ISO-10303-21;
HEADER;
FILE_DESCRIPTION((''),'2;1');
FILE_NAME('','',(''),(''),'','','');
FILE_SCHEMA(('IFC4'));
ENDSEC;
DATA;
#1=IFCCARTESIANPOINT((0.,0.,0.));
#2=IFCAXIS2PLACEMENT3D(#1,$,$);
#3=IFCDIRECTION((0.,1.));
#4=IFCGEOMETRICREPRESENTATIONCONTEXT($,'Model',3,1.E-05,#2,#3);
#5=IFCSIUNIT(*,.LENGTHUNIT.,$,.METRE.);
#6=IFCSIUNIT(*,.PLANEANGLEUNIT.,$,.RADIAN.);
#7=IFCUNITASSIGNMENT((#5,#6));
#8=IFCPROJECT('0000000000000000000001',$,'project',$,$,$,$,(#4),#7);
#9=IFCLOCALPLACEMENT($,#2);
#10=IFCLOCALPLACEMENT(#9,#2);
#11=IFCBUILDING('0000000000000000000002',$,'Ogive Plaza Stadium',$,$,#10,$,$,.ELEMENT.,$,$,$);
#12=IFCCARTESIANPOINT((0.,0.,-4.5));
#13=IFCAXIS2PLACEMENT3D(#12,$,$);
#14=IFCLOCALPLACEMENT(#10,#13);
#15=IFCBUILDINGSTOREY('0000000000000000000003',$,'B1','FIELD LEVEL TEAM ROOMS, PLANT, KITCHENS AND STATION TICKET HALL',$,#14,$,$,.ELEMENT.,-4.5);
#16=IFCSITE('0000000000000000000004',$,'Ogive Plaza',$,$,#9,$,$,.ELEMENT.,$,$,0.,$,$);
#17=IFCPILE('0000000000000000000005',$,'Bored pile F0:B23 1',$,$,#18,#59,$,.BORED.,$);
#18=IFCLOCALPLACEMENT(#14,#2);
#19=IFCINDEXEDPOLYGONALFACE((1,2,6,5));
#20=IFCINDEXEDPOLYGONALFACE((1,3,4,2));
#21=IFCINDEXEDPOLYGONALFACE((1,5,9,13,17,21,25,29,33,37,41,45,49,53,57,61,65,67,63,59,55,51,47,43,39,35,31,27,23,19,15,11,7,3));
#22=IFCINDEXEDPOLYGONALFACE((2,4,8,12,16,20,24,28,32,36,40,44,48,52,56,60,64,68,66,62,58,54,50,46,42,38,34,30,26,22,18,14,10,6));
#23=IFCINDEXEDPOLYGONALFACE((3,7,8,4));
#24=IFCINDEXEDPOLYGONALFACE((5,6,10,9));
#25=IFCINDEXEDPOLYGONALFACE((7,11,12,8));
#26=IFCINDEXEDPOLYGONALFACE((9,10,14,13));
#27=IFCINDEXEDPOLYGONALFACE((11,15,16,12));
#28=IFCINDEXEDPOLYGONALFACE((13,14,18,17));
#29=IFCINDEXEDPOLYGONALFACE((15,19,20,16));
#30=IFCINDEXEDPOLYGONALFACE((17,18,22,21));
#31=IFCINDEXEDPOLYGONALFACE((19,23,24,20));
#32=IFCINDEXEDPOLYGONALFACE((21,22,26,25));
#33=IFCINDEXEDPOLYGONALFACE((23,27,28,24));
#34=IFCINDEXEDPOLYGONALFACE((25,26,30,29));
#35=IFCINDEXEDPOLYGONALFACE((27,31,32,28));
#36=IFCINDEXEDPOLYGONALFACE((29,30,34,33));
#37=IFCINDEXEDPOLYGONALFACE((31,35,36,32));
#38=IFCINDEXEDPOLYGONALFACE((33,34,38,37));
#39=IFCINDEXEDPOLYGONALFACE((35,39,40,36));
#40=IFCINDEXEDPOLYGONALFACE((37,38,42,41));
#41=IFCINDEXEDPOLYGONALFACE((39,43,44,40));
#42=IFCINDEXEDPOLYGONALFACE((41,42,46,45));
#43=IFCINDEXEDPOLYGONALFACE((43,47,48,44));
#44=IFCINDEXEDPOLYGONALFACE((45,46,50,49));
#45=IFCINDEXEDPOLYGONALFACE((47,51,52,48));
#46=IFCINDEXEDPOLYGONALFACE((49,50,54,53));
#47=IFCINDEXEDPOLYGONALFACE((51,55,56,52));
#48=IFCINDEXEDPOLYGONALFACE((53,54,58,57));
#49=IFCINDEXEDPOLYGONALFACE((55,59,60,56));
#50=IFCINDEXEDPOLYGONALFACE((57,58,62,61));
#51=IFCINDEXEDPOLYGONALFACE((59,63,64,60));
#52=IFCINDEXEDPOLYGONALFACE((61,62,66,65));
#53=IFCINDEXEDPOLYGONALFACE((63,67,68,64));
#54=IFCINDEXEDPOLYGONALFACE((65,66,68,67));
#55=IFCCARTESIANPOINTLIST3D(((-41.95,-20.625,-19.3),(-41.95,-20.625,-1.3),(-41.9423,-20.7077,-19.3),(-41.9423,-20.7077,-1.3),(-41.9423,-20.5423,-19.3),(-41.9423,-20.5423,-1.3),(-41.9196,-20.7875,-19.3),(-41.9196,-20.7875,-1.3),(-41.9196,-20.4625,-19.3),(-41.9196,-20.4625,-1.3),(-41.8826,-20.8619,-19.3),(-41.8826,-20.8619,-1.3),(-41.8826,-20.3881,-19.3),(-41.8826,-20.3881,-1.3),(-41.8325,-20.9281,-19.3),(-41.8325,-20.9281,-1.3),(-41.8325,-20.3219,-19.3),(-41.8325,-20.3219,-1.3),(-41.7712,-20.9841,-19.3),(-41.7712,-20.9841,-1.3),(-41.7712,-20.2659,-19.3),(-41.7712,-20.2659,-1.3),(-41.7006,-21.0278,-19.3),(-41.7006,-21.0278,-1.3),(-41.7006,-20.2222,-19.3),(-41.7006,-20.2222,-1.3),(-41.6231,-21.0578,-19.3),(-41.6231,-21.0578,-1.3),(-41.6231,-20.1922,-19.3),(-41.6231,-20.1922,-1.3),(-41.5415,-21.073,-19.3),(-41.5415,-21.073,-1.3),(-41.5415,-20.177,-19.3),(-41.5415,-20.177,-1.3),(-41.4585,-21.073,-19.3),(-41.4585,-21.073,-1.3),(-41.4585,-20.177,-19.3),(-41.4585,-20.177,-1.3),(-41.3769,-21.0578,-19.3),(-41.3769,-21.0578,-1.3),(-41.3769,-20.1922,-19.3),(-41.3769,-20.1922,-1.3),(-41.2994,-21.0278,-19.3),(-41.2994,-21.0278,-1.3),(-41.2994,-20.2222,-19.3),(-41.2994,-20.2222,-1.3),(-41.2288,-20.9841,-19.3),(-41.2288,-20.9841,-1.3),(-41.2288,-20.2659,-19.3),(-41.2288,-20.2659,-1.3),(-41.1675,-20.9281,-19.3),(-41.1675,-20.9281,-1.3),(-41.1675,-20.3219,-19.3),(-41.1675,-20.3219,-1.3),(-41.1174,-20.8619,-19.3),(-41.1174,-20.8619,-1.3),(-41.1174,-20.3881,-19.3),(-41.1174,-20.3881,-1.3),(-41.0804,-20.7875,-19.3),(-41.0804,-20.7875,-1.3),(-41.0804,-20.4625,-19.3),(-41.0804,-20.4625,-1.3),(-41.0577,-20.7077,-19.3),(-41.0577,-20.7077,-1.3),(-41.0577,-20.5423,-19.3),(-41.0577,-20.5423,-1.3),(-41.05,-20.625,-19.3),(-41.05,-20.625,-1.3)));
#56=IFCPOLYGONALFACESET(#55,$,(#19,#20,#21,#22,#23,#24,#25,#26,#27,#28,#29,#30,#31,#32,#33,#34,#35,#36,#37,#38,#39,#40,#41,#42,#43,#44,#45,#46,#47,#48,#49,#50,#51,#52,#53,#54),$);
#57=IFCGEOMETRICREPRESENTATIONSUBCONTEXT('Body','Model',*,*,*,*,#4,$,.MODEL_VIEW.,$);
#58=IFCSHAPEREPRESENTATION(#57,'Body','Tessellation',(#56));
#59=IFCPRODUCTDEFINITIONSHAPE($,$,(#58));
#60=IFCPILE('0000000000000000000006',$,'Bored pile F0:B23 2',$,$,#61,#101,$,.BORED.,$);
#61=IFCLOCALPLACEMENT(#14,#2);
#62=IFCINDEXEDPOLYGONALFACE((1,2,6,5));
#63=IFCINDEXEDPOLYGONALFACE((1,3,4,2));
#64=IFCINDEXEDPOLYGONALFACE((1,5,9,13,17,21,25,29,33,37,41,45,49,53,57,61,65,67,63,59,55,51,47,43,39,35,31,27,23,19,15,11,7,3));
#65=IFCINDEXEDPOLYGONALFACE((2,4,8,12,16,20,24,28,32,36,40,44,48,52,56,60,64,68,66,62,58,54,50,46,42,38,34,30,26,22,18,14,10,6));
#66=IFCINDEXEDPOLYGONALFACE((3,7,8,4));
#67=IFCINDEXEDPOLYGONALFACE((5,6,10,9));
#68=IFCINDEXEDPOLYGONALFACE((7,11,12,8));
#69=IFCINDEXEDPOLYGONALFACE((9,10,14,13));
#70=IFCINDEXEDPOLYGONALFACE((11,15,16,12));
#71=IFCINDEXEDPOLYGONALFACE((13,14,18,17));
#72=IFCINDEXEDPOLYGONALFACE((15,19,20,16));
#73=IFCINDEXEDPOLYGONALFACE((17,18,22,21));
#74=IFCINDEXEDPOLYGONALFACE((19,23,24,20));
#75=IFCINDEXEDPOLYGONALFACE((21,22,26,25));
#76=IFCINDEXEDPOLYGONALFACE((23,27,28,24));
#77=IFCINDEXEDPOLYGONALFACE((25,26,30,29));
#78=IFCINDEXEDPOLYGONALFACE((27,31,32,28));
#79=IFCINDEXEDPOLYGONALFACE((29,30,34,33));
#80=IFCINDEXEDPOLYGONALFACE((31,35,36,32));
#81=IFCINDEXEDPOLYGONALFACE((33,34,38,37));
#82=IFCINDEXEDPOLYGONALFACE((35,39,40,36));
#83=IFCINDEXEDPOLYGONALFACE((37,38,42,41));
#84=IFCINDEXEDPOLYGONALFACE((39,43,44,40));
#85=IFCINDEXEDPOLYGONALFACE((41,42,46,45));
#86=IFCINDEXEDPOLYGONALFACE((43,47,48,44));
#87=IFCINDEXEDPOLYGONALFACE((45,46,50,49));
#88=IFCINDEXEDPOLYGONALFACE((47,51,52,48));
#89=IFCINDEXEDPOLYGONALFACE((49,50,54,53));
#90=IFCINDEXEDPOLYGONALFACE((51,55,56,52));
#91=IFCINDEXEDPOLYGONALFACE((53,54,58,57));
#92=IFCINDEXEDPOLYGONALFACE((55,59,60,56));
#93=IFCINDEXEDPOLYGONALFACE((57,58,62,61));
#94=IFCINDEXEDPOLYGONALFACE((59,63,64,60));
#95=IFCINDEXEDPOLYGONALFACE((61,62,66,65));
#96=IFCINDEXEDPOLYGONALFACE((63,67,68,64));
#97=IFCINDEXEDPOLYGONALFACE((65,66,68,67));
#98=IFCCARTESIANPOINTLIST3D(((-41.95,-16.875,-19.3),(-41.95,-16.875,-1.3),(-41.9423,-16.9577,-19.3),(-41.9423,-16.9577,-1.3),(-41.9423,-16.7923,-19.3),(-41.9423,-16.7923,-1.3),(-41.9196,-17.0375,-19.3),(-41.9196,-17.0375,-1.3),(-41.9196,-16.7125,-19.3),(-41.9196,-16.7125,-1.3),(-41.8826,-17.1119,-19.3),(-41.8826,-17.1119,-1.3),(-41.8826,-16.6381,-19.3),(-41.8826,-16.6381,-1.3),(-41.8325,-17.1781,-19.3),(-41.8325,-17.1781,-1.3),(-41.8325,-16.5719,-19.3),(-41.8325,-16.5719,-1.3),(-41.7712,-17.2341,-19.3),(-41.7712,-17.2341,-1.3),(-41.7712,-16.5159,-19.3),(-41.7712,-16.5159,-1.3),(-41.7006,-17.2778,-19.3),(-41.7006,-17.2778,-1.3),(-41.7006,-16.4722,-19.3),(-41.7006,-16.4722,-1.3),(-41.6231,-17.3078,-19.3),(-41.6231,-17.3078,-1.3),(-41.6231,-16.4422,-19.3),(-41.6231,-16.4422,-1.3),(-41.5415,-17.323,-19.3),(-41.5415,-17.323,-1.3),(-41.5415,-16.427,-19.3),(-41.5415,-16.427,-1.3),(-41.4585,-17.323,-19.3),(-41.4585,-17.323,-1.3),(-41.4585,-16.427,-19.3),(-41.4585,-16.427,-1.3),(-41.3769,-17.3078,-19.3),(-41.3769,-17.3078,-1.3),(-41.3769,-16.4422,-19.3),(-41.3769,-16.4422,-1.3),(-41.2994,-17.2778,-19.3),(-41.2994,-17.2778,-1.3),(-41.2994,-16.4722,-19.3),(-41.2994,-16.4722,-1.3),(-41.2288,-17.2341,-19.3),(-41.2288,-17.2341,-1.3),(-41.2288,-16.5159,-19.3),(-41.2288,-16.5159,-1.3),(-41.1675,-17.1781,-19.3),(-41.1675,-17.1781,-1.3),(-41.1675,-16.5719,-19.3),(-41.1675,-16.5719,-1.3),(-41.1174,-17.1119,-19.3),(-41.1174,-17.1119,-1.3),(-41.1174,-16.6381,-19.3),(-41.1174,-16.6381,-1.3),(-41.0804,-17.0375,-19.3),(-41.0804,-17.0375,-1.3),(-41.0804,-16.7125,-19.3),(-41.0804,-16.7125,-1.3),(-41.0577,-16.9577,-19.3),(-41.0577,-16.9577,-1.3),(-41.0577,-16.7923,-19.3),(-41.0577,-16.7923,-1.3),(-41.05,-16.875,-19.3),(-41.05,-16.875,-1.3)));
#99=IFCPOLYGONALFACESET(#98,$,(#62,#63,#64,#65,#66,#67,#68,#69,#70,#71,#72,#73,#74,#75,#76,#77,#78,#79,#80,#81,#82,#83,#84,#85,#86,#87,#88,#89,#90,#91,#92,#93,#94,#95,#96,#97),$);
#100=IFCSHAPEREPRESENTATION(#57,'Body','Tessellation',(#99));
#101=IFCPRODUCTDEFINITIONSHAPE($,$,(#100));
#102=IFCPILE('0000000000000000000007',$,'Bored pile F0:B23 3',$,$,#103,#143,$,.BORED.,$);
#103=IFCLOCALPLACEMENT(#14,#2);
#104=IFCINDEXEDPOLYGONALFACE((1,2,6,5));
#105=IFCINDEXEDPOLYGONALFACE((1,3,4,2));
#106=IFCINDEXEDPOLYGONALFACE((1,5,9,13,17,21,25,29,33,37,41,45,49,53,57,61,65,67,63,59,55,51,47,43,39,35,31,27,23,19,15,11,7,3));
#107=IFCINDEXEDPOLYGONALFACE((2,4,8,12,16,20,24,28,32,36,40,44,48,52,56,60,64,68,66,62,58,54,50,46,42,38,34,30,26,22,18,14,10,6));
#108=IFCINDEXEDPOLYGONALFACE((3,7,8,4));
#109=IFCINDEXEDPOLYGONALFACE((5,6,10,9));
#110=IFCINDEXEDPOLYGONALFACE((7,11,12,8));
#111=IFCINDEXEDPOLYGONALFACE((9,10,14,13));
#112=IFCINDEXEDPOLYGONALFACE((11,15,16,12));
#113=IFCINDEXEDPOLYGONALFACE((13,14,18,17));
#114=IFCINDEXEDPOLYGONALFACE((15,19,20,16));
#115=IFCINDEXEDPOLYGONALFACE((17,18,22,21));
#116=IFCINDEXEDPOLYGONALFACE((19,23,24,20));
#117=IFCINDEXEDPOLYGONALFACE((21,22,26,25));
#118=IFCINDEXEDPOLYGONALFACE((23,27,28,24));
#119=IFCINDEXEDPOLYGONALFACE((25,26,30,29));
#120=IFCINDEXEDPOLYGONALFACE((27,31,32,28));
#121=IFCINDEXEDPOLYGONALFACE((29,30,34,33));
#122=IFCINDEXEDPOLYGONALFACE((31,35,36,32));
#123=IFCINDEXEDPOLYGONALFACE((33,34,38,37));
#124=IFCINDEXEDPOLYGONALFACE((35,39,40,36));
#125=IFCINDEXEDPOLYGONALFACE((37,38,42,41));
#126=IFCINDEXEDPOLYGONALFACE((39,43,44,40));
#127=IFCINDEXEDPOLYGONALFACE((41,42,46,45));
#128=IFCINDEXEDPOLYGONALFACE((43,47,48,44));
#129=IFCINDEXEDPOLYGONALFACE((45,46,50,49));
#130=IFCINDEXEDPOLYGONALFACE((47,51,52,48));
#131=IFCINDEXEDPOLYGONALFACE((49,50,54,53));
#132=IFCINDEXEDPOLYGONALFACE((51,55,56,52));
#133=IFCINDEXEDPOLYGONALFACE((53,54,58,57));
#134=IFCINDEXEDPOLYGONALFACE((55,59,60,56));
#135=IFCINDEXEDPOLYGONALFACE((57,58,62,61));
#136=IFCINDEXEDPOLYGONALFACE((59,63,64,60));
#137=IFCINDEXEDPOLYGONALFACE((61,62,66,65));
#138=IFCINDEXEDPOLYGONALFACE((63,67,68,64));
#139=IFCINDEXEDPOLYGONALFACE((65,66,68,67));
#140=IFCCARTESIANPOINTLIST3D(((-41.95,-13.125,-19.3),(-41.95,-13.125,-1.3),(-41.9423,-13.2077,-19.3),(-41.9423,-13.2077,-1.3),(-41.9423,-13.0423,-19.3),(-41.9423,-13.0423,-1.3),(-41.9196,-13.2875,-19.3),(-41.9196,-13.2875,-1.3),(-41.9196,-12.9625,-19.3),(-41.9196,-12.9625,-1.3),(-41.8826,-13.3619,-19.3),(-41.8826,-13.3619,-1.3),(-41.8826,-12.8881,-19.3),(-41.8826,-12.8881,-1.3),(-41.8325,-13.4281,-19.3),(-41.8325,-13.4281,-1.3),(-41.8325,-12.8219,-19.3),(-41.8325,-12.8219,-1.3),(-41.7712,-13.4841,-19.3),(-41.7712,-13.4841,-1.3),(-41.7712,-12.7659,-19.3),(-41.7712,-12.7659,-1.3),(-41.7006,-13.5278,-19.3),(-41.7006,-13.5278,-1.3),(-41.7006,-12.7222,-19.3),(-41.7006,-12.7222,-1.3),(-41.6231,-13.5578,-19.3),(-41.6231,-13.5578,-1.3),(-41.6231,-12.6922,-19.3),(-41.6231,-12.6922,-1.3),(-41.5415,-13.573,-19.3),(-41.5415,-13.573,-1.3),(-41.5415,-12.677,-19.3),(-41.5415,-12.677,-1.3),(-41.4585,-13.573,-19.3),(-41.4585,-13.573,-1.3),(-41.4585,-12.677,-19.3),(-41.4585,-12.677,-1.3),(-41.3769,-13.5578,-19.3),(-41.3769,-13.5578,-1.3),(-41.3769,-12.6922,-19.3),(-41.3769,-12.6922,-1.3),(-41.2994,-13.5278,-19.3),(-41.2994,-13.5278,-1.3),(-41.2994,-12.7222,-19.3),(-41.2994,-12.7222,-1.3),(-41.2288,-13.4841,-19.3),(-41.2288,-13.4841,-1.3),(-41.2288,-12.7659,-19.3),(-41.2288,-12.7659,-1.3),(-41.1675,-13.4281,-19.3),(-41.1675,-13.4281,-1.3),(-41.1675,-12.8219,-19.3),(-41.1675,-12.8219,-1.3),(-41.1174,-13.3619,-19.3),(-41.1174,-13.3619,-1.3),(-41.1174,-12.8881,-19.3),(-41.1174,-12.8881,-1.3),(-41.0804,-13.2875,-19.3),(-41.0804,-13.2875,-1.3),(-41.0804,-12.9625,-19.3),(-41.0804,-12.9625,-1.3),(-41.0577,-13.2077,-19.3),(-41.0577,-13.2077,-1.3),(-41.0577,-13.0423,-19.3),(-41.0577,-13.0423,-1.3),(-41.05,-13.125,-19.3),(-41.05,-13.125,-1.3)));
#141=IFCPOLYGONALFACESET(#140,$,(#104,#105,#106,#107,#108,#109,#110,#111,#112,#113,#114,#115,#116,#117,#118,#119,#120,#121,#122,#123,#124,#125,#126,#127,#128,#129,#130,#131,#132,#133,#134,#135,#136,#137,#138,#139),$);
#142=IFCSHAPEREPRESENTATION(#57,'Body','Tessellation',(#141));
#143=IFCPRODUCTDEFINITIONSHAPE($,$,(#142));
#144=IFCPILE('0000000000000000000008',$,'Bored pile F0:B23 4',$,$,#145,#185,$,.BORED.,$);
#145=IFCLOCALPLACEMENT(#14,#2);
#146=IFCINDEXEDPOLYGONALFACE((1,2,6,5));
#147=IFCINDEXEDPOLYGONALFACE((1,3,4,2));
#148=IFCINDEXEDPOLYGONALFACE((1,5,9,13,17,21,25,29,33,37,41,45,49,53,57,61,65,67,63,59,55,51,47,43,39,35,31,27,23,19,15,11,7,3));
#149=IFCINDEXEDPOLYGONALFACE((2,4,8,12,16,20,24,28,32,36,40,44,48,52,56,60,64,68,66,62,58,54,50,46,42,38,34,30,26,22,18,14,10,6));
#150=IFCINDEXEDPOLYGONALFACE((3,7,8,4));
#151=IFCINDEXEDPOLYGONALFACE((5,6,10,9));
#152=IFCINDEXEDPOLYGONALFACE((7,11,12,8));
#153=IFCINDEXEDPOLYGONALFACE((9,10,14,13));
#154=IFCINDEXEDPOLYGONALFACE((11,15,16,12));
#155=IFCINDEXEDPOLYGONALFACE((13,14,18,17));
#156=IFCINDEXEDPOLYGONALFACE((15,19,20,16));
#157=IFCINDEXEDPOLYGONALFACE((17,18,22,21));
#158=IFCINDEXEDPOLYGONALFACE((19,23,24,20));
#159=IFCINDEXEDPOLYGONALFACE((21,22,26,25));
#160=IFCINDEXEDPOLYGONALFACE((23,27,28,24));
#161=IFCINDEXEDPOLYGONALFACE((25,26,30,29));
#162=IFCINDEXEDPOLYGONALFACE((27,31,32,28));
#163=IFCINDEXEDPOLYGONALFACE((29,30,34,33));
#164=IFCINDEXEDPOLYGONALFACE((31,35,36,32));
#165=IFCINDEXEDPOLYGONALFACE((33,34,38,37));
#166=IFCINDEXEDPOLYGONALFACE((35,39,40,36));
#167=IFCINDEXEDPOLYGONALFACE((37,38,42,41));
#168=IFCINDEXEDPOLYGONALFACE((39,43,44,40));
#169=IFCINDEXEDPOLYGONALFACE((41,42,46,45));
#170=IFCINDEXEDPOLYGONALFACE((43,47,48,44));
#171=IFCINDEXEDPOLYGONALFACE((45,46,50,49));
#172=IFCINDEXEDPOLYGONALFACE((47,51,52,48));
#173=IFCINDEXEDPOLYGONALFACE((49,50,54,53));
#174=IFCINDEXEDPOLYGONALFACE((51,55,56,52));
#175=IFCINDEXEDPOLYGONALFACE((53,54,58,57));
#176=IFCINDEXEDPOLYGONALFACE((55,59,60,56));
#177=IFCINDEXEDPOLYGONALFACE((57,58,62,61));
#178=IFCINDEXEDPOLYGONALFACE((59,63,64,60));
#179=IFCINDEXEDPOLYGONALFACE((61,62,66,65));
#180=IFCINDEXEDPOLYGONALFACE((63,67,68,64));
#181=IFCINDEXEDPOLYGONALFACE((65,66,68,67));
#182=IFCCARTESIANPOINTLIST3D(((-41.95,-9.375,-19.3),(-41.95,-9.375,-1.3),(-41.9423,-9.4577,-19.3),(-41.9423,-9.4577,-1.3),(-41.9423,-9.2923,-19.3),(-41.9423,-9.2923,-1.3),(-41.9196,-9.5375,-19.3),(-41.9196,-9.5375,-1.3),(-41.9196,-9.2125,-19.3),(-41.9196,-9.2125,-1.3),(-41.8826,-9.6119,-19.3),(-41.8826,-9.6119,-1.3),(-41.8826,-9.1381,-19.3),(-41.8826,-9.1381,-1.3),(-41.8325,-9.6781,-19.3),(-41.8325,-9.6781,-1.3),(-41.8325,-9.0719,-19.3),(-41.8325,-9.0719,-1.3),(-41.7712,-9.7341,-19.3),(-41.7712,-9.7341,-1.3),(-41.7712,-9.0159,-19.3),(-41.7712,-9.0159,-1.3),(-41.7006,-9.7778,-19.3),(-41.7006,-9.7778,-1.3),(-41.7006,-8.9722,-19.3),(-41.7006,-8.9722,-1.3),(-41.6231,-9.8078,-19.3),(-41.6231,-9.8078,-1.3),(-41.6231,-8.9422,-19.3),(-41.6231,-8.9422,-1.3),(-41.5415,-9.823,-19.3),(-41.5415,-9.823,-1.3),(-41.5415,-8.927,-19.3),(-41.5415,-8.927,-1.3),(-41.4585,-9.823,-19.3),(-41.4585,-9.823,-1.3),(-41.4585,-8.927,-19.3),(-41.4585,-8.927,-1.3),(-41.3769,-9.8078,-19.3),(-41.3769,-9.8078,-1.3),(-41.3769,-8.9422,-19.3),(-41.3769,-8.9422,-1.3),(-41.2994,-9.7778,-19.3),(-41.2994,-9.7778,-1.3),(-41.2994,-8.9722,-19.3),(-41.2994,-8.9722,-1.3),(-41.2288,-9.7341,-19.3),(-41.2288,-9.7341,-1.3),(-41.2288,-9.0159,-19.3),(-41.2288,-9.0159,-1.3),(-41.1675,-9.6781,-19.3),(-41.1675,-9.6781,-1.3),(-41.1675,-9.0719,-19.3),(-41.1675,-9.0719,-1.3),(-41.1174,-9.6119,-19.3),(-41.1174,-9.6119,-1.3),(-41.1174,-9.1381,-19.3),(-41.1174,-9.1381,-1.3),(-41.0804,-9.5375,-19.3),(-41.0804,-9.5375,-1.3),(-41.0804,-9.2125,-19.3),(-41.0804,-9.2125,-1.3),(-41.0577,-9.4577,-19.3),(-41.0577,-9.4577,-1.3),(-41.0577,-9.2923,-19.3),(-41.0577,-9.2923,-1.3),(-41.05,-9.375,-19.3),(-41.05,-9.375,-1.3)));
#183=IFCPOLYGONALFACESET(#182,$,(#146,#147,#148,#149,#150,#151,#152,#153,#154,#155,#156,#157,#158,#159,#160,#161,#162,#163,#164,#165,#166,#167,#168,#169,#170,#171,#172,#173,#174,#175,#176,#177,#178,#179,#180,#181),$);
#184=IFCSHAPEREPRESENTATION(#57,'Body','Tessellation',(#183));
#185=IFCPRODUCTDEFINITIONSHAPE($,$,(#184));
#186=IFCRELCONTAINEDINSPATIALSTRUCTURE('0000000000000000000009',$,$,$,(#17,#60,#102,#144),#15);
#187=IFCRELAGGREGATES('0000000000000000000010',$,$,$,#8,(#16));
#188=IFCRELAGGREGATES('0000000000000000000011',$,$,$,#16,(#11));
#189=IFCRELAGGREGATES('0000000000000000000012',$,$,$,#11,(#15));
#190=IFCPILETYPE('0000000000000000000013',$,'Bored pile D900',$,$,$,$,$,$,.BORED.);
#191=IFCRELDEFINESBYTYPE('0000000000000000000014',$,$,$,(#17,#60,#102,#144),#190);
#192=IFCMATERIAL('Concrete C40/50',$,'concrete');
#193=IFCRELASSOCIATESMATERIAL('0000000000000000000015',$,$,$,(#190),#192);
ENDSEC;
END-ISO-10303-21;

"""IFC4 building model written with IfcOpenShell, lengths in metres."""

from ifc_helpers import new_model, si_unit, direction, frame, origin, origin_2d, place, context, subcontext, project, spatial, circle, extrude, material, material_profile, profile_set, type_object, element, save


model = new_model("IFC4")

# Units and contexts
model_context = context("Model", 3, precision=1e-05, world=origin(), true_north=direction((0.0, 1.0)))
body_context = subcontext(model_context, "Body", "Model", "MODEL_VIEW")
ifc_project = project(units=[si_unit("LENGTHUNIT", "METRE"), si_unit("PLANEANGLEUNIT", "RADIAN")], contexts=[model_context])

# Site, building, storey
site_placement = place(None, origin())
site = spatial("IfcSite", under=ifc_project, at=site_placement, Name="Ogive Plaza", CompositionType="ELEMENT", RefElevation=0.0)
building_placement = place(site_placement, origin())
building = spatial("IfcBuilding", under=site, at=building_placement, Name="Ogive Plaza Stadium", CompositionType="ELEMENT")
storey_placement = place(building_placement, frame((0.0, 0.0, -4.5)))
storey = spatial("IfcBuildingStorey", under=building, at=storey_placement, Name="B1", Description="FIELD LEVEL TEAM ROOMS, PLANT, KITCHENS AND STATION TICKET HALL", CompositionType="ELEMENT", Elevation=-4.5)

# Piles
ifc_material_1 = material(Name="Concrete C40/50", Category="concrete")
ifc_material_profile_1 = material_profile(ifc_material_1, circle(Radius=0.45, at=origin_2d()), Name="RC D900")
ifc_profile_set_1 = profile_set([ifc_material_profile_1], Name="Concrete C40/50")
pile_type = type_object("IfcPileType", Name="Bored pile D900", PredefinedType="BORED", material=ifc_profile_set_1)
for number, where, z_axis, x_axis, name in (
    (1, (-41.5, -20.625, -1.3), (0.0, 0.0, -1.0), (1.0, 0.0, 0.0), "Bored pile F0:B23 1"),
    (2, (-41.5, -16.875, -1.3), (0.0, 0.0, -1.0), (1.0, 0.0, 0.0), "Bored pile F0:B23 2"),
    (3, (-41.5, -13.125, -1.3), (0.0, 0.0, -1.0), (1.0, 0.0, 0.0), "Bored pile F0:B23 3"),
    (4, (-41.5, -9.375, -1.3), (0.0, 0.0, -1.0), (1.0, 0.0, 0.0), "Bored pile F0:B23 4"),
):
    element("IfcPile", number, at=place(storey_placement, frame(where, z_axis=z_axis, x_axis=x_axis)), inside=storey, type_object=pile_type, Name=name, PredefinedType="BORED", context=body_context, shape_type="SweptSolid", body=[
        extrude(circle(Radius=0.45, at=origin_2d()), origin(), (0.0, 0.0, 1.0), 18.0),
    ])

save(model, "model.ifc")
